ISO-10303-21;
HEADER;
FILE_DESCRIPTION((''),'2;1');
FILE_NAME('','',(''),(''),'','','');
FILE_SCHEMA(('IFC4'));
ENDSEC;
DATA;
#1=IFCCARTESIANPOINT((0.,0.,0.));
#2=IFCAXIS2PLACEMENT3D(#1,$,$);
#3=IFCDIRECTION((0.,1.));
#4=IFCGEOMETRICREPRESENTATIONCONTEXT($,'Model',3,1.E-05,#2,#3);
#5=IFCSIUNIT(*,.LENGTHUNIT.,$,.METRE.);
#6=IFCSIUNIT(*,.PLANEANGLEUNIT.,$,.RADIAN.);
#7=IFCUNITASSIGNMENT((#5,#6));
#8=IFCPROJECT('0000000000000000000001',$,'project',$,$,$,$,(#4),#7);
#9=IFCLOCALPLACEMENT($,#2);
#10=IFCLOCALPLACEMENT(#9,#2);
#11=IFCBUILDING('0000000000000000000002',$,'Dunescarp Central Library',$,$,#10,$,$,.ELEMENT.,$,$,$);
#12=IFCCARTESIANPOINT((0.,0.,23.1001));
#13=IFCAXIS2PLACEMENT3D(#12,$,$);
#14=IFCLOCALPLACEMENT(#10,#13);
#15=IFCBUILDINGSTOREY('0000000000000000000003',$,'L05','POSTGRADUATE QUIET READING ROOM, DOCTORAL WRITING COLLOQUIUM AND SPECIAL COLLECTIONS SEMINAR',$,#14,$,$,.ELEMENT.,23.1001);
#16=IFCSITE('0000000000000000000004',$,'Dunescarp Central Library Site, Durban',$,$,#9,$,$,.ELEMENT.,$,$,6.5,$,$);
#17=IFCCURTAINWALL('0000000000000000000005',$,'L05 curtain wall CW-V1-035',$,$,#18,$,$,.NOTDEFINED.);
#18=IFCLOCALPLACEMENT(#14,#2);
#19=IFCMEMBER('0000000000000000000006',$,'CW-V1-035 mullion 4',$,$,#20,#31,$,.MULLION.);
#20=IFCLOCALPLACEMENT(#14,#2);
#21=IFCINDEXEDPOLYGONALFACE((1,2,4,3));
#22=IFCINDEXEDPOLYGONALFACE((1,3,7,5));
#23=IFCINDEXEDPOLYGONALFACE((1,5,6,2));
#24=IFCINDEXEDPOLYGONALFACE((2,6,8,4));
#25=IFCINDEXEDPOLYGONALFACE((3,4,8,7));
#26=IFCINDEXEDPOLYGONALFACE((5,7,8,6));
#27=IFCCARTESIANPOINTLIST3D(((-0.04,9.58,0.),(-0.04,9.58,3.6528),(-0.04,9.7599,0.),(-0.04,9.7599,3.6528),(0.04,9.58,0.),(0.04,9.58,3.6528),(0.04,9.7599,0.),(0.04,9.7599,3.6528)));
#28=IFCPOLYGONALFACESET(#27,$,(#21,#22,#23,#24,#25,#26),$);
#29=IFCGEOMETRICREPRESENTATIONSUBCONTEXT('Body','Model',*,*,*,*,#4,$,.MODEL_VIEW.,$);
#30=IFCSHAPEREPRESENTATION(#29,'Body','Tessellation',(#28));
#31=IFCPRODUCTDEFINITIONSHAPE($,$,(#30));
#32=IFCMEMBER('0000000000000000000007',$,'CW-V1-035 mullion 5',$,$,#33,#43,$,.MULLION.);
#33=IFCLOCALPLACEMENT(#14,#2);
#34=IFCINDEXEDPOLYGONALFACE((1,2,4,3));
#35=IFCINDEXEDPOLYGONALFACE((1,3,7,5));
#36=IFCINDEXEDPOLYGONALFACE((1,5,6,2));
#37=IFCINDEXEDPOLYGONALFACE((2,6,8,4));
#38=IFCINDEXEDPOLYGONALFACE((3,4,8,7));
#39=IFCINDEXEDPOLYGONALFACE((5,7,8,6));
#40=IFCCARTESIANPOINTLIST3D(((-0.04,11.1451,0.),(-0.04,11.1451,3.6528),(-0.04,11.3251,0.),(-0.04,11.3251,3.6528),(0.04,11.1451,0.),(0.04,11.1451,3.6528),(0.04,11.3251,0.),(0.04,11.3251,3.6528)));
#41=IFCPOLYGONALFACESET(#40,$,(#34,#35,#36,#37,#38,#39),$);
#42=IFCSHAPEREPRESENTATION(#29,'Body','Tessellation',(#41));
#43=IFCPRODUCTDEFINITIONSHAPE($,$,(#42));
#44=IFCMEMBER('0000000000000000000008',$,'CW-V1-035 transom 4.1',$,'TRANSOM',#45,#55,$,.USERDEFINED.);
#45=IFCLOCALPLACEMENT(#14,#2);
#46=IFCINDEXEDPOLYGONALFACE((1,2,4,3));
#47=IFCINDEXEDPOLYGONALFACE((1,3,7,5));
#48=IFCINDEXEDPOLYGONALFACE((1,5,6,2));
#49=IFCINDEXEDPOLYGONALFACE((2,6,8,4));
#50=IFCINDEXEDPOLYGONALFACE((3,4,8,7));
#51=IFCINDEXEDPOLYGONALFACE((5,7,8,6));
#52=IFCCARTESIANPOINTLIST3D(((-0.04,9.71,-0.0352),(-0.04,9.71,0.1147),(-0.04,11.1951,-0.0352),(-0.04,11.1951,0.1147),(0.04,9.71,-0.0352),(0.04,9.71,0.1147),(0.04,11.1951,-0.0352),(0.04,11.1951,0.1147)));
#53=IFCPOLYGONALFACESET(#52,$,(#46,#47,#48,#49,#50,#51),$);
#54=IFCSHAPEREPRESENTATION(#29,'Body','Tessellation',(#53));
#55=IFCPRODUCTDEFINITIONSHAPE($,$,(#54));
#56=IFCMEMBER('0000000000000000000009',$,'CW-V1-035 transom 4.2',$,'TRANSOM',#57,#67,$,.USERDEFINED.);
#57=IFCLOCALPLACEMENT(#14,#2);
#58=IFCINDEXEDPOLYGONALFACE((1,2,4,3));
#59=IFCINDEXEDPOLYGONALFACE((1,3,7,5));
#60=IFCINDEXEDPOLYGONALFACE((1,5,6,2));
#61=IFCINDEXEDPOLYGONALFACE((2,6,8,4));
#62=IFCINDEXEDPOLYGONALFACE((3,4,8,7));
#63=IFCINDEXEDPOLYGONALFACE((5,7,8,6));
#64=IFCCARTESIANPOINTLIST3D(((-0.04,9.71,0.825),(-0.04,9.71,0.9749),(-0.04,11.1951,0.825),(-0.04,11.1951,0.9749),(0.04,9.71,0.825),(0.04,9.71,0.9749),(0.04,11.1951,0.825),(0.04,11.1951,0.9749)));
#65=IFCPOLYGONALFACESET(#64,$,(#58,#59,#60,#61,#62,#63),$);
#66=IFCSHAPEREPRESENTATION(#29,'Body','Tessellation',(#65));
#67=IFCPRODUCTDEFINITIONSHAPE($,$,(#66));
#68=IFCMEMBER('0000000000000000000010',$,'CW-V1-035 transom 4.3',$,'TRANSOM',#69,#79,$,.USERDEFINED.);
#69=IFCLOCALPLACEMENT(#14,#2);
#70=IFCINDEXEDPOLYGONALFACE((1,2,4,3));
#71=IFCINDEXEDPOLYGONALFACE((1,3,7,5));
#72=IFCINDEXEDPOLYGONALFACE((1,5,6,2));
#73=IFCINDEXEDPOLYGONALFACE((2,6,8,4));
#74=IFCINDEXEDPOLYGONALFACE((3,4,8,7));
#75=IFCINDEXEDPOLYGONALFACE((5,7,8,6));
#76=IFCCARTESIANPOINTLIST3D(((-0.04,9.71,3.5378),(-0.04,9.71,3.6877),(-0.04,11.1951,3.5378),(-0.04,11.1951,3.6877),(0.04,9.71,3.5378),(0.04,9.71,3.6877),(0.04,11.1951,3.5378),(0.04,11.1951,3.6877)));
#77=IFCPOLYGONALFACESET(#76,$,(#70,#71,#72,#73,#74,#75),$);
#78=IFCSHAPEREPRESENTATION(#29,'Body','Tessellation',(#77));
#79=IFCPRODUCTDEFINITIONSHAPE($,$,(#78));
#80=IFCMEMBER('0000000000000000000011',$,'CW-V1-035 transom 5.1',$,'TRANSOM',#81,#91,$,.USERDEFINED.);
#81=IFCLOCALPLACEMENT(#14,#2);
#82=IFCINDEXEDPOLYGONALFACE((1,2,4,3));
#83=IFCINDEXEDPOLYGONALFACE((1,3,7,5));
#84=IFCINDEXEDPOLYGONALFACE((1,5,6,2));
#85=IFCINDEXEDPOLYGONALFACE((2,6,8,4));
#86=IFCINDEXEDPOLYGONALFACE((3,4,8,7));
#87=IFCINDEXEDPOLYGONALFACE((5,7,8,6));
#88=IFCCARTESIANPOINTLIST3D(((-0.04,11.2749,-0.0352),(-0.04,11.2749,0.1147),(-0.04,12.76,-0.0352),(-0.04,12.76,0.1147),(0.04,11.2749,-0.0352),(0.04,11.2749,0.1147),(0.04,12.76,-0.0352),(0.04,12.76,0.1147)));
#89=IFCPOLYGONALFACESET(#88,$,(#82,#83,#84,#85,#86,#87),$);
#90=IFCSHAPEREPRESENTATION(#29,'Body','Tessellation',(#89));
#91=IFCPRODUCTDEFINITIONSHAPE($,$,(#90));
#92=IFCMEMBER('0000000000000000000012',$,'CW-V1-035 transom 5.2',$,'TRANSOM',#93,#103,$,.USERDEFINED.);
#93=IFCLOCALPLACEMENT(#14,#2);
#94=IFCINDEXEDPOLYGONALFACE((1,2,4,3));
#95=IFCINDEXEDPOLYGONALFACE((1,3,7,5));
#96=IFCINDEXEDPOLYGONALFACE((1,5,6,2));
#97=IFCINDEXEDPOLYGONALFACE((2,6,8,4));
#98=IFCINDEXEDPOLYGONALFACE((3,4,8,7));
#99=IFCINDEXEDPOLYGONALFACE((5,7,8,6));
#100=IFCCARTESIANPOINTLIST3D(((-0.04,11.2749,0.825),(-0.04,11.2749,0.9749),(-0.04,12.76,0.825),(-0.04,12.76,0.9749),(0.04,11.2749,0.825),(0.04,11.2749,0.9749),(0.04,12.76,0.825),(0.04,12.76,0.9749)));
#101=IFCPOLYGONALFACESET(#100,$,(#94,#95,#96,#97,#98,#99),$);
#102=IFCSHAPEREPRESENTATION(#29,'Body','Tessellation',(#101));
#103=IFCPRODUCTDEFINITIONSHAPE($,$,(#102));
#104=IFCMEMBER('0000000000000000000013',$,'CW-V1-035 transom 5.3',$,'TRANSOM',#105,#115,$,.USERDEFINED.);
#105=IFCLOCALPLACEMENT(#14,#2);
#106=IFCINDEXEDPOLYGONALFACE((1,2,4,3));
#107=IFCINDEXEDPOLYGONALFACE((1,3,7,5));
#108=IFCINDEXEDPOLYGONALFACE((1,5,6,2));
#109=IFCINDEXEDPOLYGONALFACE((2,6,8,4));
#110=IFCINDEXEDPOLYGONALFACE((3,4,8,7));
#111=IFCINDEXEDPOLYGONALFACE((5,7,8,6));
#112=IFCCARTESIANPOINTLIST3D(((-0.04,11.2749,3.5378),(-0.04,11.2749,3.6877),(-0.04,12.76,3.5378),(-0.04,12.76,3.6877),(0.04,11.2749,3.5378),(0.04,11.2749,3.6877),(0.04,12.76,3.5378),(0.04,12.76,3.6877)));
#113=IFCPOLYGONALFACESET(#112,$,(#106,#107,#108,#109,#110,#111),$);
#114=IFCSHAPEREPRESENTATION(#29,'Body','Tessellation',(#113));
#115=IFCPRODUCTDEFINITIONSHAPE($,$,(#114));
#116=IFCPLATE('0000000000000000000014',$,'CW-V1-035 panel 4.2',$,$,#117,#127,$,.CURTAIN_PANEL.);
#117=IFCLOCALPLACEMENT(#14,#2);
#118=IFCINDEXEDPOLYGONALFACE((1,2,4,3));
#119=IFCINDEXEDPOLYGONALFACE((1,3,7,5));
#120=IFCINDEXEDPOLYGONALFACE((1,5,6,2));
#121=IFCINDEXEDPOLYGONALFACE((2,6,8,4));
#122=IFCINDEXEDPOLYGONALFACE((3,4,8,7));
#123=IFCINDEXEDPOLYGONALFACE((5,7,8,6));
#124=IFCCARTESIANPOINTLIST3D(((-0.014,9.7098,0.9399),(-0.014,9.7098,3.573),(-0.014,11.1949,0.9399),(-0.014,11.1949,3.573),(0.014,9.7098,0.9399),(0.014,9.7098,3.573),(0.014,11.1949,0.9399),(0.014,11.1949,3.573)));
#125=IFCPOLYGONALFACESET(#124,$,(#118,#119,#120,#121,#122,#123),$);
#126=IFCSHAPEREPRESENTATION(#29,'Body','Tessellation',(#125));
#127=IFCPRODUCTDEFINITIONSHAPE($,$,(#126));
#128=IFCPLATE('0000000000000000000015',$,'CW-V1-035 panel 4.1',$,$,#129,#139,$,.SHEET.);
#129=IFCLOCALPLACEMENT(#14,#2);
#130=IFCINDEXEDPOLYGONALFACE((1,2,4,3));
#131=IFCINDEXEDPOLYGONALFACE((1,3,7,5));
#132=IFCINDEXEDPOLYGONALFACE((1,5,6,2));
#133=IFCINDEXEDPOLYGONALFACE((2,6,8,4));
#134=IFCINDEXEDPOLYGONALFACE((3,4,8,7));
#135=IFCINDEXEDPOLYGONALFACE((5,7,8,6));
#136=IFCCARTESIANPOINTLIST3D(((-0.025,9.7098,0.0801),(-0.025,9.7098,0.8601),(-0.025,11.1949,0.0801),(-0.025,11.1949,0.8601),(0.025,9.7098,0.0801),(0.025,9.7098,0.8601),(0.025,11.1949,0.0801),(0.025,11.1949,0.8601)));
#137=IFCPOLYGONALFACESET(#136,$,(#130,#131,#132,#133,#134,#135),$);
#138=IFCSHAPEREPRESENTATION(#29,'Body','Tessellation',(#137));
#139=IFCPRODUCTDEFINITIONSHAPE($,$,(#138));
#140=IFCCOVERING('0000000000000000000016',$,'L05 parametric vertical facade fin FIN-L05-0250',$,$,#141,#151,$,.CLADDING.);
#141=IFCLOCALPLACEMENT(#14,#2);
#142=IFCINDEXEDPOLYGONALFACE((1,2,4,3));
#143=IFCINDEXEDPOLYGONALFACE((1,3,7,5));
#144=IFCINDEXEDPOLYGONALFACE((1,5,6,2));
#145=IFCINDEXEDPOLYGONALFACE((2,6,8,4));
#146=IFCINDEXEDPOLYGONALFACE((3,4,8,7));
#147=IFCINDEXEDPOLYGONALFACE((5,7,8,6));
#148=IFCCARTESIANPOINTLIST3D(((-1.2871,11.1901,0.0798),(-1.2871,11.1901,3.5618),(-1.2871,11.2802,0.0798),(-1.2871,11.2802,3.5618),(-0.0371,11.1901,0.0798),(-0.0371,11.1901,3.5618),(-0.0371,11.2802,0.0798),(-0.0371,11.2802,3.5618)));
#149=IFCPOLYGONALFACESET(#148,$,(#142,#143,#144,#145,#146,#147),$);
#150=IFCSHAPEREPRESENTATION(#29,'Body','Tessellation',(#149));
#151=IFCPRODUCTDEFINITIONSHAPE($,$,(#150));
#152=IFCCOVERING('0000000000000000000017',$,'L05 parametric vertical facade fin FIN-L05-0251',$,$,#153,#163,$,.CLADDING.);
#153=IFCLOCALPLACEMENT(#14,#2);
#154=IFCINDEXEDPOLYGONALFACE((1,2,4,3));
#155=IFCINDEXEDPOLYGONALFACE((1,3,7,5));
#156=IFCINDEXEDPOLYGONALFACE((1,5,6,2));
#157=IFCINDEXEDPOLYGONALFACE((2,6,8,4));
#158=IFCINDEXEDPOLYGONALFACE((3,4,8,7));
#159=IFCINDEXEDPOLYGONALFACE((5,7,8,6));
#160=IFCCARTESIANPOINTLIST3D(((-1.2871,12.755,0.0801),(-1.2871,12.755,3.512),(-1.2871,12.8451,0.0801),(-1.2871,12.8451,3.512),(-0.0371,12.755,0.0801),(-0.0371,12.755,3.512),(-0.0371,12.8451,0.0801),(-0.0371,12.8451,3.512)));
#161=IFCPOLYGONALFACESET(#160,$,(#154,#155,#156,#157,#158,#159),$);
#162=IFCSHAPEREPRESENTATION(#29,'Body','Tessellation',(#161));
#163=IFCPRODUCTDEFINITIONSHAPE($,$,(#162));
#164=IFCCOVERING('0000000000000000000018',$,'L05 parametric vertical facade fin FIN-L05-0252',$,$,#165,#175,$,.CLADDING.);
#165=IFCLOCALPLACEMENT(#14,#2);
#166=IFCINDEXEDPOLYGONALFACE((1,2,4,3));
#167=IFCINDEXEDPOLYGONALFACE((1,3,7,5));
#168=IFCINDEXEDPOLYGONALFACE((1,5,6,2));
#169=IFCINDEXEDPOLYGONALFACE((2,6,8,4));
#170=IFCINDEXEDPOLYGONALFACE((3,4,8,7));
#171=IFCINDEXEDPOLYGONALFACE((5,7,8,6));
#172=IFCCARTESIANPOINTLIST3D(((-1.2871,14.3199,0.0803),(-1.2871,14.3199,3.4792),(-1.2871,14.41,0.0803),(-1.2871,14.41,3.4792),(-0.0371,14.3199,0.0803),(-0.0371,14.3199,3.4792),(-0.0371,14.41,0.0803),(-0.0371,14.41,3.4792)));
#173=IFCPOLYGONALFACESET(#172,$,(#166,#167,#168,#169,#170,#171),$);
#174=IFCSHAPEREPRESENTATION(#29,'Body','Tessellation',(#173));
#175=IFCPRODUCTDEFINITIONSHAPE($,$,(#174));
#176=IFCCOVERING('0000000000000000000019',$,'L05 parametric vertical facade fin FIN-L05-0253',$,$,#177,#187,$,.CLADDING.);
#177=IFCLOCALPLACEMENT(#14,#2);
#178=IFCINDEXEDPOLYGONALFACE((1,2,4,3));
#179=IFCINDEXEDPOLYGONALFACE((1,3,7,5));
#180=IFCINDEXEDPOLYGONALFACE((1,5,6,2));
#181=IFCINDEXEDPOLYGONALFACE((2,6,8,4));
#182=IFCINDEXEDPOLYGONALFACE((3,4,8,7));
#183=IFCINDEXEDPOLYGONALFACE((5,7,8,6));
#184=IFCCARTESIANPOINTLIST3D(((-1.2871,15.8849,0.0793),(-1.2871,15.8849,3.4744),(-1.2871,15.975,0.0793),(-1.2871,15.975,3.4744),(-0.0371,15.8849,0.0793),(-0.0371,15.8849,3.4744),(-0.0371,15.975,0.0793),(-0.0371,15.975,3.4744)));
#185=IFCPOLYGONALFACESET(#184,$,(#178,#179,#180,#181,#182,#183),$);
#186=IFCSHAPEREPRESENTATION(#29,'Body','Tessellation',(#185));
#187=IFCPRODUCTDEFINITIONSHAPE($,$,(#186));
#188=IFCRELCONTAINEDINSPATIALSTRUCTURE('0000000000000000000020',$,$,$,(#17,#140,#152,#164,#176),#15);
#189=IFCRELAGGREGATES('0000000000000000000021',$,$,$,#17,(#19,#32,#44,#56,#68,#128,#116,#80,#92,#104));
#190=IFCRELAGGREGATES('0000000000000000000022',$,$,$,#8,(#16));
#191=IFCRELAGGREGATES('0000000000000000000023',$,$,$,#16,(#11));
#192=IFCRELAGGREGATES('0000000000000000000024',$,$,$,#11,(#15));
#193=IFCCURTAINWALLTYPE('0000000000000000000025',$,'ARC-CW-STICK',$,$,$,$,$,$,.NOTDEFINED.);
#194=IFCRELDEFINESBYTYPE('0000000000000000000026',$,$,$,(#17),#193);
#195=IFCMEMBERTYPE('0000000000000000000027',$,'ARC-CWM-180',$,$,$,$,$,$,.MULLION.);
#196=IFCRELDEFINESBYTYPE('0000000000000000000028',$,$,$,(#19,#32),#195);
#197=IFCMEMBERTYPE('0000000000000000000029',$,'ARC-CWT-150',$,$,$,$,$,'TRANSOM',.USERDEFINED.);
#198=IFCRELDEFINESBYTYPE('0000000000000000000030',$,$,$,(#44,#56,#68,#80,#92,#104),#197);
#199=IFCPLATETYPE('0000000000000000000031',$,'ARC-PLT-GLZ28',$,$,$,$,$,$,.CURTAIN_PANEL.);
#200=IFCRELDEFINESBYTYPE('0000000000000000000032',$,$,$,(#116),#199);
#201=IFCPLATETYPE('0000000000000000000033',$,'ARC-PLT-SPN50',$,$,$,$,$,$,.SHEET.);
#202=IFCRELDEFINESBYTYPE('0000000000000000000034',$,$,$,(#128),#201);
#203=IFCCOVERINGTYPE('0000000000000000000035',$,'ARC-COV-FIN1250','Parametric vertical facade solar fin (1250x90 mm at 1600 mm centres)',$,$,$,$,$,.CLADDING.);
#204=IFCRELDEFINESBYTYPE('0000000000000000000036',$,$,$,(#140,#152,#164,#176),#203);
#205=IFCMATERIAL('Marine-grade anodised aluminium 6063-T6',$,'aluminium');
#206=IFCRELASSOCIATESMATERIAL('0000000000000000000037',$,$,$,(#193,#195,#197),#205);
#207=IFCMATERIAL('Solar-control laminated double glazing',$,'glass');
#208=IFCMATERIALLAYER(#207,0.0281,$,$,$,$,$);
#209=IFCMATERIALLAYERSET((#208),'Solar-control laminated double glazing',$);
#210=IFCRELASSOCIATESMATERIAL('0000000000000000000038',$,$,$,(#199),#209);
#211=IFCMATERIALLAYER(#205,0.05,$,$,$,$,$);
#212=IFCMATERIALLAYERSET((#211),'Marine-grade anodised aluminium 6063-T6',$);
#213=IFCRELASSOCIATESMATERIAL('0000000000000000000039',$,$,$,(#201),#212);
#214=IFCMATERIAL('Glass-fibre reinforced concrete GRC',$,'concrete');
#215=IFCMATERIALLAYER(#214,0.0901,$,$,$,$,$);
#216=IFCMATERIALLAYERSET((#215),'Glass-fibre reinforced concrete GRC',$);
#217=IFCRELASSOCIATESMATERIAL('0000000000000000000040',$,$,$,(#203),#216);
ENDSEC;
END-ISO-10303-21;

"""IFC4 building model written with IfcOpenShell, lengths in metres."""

from ifc_helpers import new_model, si_unit, direction, frame, origin, origin_2d, place, context, subcontext, project, spatial, rectangle, extrude, material, layer, layer_set, material_profile, profile_set, type_object, element, aggregate, save


model = new_model("IFC4")

# Units and contexts
model_context = context("Model", 3, precision=1e-05, world=origin(), true_north=direction((0.0, 1.0)))
body_context = subcontext(model_context, "Body", "Model", "MODEL_VIEW")
ifc_project = project(units=[si_unit("LENGTHUNIT", "METRE"), si_unit("PLANEANGLEUNIT", "RADIAN")], contexts=[model_context])

# Site, building, storey
site_placement = place(None, origin())
site = spatial("IfcSite", under=ifc_project, at=site_placement, Name="Dunescarp Central Library Site, Durban", CompositionType="ELEMENT", RefElevation=6.5)
building_placement = place(site_placement, origin())
building = spatial("IfcBuilding", under=site, at=building_placement, Name="Dunescarp Central Library", CompositionType="ELEMENT")
storey_placement = place(building_placement, frame((0.0, 0.0, 23.1001)))
storey = spatial("IfcBuildingStorey", under=building, at=storey_placement, Name="L05", Description="POSTGRADUATE QUIET READING ROOM, DOCTORAL WRITING COLLOQUIUM AND SPECIAL COLLECTIONS SEMINAR", CompositionType="ELEMENT", Elevation=23.1001)

# Curtain wall, members, plates
ifc_material_1 = material(Name="Marine-grade anodised aluminium 6063-T6", Category="aluminium")
curtain_wall_type = type_object("IfcCurtainWallType", Name="ARC-CW-STICK", PredefinedType="NOTDEFINED", material=ifc_material_1)
curtain_wall_placement = place(storey_placement, origin())
curtain_wall = element("IfcCurtainWall", 1, at=curtain_wall_placement, inside=storey, type_object=curtain_wall_type, Name="L05 curtain wall CW-V1-035", PredefinedType="NOTDEFINED")
ifc_material_profile_1 = material_profile(ifc_material_1, rectangle(XDim=0.0801, YDim=0.1799, at=origin_2d()), Name="AL 80x180")
ifc_profile_set_1 = profile_set([ifc_material_profile_1], Name="Marine-grade anodised aluminium 6063-T6")
member_type_1 = type_object("IfcMemberType", Name="ARC-CWM-180", PredefinedType="MULLION", material=ifc_profile_set_1)
member_1_placement = place(storey_placement, frame((0.0, 9.6699, 0.0), z_axis=(0.0, 0.0, 1.0), x_axis=(-1.0, 0.0, 0.0)))
member_1 = element("IfcMember", 2, at=member_1_placement, type_object=member_type_1, Name="CW-V1-035 mullion 4", PredefinedType="MULLION", context=body_context, shape_type="SweptSolid", body=[
    extrude(rectangle(XDim=0.0801, YDim=0.1799, at=origin_2d()), origin(), (0.0, 0.0, 1.0), 3.6528),
])
member_2_placement = place(storey_placement, frame((0.0, 11.2351, 0.0), z_axis=(0.0, 0.0, 1.0), x_axis=(-1.0, 0.0, 0.0)))
member_2 = element("IfcMember", 3, at=member_2_placement, type_object=member_type_1, Name="CW-V1-035 mullion 5", PredefinedType="MULLION", context=body_context, shape_type="SweptSolid", body=[
    extrude(rectangle(XDim=0.0801, YDim=0.1799, at=origin_2d()), origin(), (0.0, 0.0, 1.0), 3.6528),
])
ifc_material_profile_2 = material_profile(ifc_material_1, rectangle(XDim=0.0801, YDim=0.1499, at=origin_2d()), Name="AL 80x150")
ifc_profile_set_2 = profile_set([ifc_material_profile_2], Name="Marine-grade anodised aluminium 6063-T6")
member_type_2 = type_object("IfcMemberType", Name="ARC-CWT-150", ElementType="TRANSOM", PredefinedType="USERDEFINED", material=ifc_profile_set_2)
member_3_placement = place(storey_placement, frame((0.0, 9.71, 0.0398), z_axis=(0.0, 1.0, 0.0), x_axis=(-1.0, 0.0, 0.0)))
member_3 = element("IfcMember", 4, at=member_3_placement, type_object=member_type_2, Name="CW-V1-035 transom 4.1", ObjectType="TRANSOM", PredefinedType="USERDEFINED", context=body_context, shape_type="SweptSolid", body=[
    extrude(rectangle(XDim=0.0801, YDim=0.1499, at=origin_2d()), origin(), (0.0, 0.0, 1.0), 1.4851),
])
member_4_placement = place(storey_placement, frame((0.0, 9.71, 0.8999), z_axis=(0.0, 1.0, 0.0), x_axis=(-1.0, 0.0, 0.0)))
member_4 = element("IfcMember", 5, at=member_4_placement, type_object=member_type_2, Name="CW-V1-035 transom 4.2", ObjectType="TRANSOM", PredefinedType="USERDEFINED", context=body_context, shape_type="SweptSolid", body=[
    extrude(rectangle(XDim=0.0801, YDim=0.1499, at=origin_2d()), origin(), (0.0, 0.0, 1.0), 1.4851),
])
member_5_placement = place(storey_placement, frame((0.0, 9.71, 3.6128), z_axis=(0.0, 1.0, 0.0), x_axis=(-1.0, 0.0, 0.0)))
member_5 = element("IfcMember", 6, at=member_5_placement, type_object=member_type_2, Name="CW-V1-035 transom 4.3", ObjectType="TRANSOM", PredefinedType="USERDEFINED", context=body_context, shape_type="SweptSolid", body=[
    extrude(rectangle(XDim=0.0801, YDim=0.1499, at=origin_2d()), origin(), (0.0, 0.0, 1.0), 1.4851),
])
member_6_placement = place(storey_placement, frame((0.0, 11.2749, 0.0398), z_axis=(0.0, 1.0, 0.0), x_axis=(-1.0, 0.0, 0.0)))
member_6 = element("IfcMember", 7, at=member_6_placement, type_object=member_type_2, Name="CW-V1-035 transom 5.1", ObjectType="TRANSOM", PredefinedType="USERDEFINED", context=body_context, shape_type="SweptSolid", body=[
    extrude(rectangle(XDim=0.0801, YDim=0.1499, at=origin_2d()), origin(), (0.0, 0.0, 1.0), 1.4851),
])
member_7_placement = place(storey_placement, frame((0.0, 11.2749, 0.8999), z_axis=(0.0, 1.0, 0.0), x_axis=(-1.0, 0.0, 0.0)))
member_7 = element("IfcMember", 8, at=member_7_placement, type_object=member_type_2, Name="CW-V1-035 transom 5.2", ObjectType="TRANSOM", PredefinedType="USERDEFINED", context=body_context, shape_type="SweptSolid", body=[
    extrude(rectangle(XDim=0.0801, YDim=0.1499, at=origin_2d()), origin(), (0.0, 0.0, 1.0), 1.4851),
])
member_8_placement = place(storey_placement, frame((0.0, 11.2749, 3.6128), z_axis=(0.0, 1.0, 0.0), x_axis=(-1.0, 0.0, 0.0)))
member_8 = element("IfcMember", 9, at=member_8_placement, type_object=member_type_2, Name="CW-V1-035 transom 5.3", ObjectType="TRANSOM", PredefinedType="USERDEFINED", context=body_context, shape_type="SweptSolid", body=[
    extrude(rectangle(XDim=0.0801, YDim=0.1499, at=origin_2d()), origin(), (0.0, 0.0, 1.0), 1.4851),
])
ifc_material_2 = material(Name="Solar-control laminated double glazing", Category="glass")
ifc_layer_1 = layer(ifc_material_2, 0.0281)
ifc_layer_set_1 = layer_set([ifc_layer_1], Name="Solar-control laminated double glazing")
plate_type_1 = type_object("IfcPlateType", Name="ARC-PLT-GLZ28", PredefinedType="CURTAIN_PANEL", material=ifc_layer_set_1)
plate_1_placement = place(storey_placement, frame((0.0, 10.4524, 0.9399), z_axis=(0.0, 0.0, 1.0), x_axis=(0.0, 1.0, 0.0)))
plate_1 = element("IfcPlate", 10, at=plate_1_placement, type_object=plate_type_1, Name="CW-V1-035 panel 4.2", PredefinedType="CURTAIN_PANEL", context=body_context, shape_type="SweptSolid", body=[
    extrude(rectangle(XDim=1.4851, YDim=0.0281, at=origin_2d()), origin(), (0.0, 0.0, 1.0), 2.6331),
])
ifc_layer_2 = layer(ifc_material_1, 0.05)
ifc_layer_set_2 = layer_set([ifc_layer_2], Name="Marine-grade anodised aluminium 6063-T6")
plate_type_2 = type_object("IfcPlateType", Name="ARC-PLT-SPN50", PredefinedType="SHEET", material=ifc_layer_set_2)
plate_2_placement = place(storey_placement, frame((0.0, 10.4524, 0.0801), z_axis=(0.0, 0.0, 1.0), x_axis=(0.0, 1.0, 0.0)))
plate_2 = element("IfcPlate", 11, at=plate_2_placement, type_object=plate_type_2, Name="CW-V1-035 panel 4.1", PredefinedType="SHEET", context=body_context, shape_type="SweptSolid", body=[
    extrude(rectangle(XDim=1.4851, YDim=0.05, at=origin_2d()), origin(), (0.0, 0.0, 1.0), 0.78),
])
aggregate(curtain_wall, [member_1, member_2, member_3, member_4, member_5, plate_2, plate_1, member_6, member_7, member_8])

# Coverings
ifc_material_3 = material(Name="Glass-fibre reinforced concrete GRC", Category="concrete")
ifc_layer_3 = layer(ifc_material_3, 0.0901)
ifc_layer_set_3 = layer_set([ifc_layer_3], Name="Glass-fibre reinforced concrete GRC")
covering_type = type_object("IfcCoveringType", Name="ARC-COV-FIN1250", Description="Parametric vertical facade solar fin (1250x90 mm at 1600 mm centres)", PredefinedType="CLADDING", material=ifc_layer_set_3)
covering_1_placement = place(storey_placement, frame((-0.6621, 11.2351, 0.0798), z_axis=(0.0, 0.0, 1.0), x_axis=(-1.0, 0.0, 0.0)))
element("IfcCovering", 12, at=covering_1_placement, inside=storey, type_object=covering_type, Name="L05 parametric vertical facade fin FIN-L05-0250", PredefinedType="CLADDING", context=body_context, shape_type="SweptSolid", body=[
    extrude(rectangle(XDim=1.25, YDim=0.0901, at=origin_2d()), origin(), (0.0, 0.0, 1.0), 3.4819),
])
covering_2_placement = place(storey_placement, frame((-0.6621, 12.8, 0.0801), z_axis=(0.0, 0.0, 1.0), x_axis=(-1.0, 0.0, 0.0)))
element("IfcCovering", 13, at=covering_2_placement, inside=storey, type_object=covering_type, Name="L05 parametric vertical facade fin FIN-L05-0251", PredefinedType="CLADDING", context=body_context, shape_type="SweptSolid", body=[
    extrude(rectangle(XDim=1.25, YDim=0.0901, at=origin_2d()), origin(), (0.0, 0.0, 1.0), 3.4319),
])
covering_3_placement = place(storey_placement, frame((-0.6621, 14.365, 0.0803), z_axis=(0.0, 0.0, 1.0), x_axis=(-1.0, 0.0, 0.0)))
element("IfcCovering", 14, at=covering_3_placement, inside=storey, type_object=covering_type, Name="L05 parametric vertical facade fin FIN-L05-0252", PredefinedType="CLADDING", context=body_context, shape_type="SweptSolid", body=[
    extrude(rectangle(XDim=1.25, YDim=0.0901, at=origin_2d()), origin(), (0.0, 0.0, 1.0), 3.3989),
])
covering_4_placement = place(storey_placement, frame((-0.6621, 15.9299, 0.0793), z_axis=(0.0, 0.0, 1.0), x_axis=(-1.0, 0.0, 0.0)))
element("IfcCovering", 15, at=covering_4_placement, inside=storey, type_object=covering_type, Name="L05 parametric vertical facade fin FIN-L05-0253", PredefinedType="CLADDING", context=body_context, shape_type="SweptSolid", body=[
    extrude(rectangle(XDim=1.25, YDim=0.0901, at=origin_2d()), origin(), (0.0, 0.0, 1.0), 3.395),
])

save(model, "model.ifc")
